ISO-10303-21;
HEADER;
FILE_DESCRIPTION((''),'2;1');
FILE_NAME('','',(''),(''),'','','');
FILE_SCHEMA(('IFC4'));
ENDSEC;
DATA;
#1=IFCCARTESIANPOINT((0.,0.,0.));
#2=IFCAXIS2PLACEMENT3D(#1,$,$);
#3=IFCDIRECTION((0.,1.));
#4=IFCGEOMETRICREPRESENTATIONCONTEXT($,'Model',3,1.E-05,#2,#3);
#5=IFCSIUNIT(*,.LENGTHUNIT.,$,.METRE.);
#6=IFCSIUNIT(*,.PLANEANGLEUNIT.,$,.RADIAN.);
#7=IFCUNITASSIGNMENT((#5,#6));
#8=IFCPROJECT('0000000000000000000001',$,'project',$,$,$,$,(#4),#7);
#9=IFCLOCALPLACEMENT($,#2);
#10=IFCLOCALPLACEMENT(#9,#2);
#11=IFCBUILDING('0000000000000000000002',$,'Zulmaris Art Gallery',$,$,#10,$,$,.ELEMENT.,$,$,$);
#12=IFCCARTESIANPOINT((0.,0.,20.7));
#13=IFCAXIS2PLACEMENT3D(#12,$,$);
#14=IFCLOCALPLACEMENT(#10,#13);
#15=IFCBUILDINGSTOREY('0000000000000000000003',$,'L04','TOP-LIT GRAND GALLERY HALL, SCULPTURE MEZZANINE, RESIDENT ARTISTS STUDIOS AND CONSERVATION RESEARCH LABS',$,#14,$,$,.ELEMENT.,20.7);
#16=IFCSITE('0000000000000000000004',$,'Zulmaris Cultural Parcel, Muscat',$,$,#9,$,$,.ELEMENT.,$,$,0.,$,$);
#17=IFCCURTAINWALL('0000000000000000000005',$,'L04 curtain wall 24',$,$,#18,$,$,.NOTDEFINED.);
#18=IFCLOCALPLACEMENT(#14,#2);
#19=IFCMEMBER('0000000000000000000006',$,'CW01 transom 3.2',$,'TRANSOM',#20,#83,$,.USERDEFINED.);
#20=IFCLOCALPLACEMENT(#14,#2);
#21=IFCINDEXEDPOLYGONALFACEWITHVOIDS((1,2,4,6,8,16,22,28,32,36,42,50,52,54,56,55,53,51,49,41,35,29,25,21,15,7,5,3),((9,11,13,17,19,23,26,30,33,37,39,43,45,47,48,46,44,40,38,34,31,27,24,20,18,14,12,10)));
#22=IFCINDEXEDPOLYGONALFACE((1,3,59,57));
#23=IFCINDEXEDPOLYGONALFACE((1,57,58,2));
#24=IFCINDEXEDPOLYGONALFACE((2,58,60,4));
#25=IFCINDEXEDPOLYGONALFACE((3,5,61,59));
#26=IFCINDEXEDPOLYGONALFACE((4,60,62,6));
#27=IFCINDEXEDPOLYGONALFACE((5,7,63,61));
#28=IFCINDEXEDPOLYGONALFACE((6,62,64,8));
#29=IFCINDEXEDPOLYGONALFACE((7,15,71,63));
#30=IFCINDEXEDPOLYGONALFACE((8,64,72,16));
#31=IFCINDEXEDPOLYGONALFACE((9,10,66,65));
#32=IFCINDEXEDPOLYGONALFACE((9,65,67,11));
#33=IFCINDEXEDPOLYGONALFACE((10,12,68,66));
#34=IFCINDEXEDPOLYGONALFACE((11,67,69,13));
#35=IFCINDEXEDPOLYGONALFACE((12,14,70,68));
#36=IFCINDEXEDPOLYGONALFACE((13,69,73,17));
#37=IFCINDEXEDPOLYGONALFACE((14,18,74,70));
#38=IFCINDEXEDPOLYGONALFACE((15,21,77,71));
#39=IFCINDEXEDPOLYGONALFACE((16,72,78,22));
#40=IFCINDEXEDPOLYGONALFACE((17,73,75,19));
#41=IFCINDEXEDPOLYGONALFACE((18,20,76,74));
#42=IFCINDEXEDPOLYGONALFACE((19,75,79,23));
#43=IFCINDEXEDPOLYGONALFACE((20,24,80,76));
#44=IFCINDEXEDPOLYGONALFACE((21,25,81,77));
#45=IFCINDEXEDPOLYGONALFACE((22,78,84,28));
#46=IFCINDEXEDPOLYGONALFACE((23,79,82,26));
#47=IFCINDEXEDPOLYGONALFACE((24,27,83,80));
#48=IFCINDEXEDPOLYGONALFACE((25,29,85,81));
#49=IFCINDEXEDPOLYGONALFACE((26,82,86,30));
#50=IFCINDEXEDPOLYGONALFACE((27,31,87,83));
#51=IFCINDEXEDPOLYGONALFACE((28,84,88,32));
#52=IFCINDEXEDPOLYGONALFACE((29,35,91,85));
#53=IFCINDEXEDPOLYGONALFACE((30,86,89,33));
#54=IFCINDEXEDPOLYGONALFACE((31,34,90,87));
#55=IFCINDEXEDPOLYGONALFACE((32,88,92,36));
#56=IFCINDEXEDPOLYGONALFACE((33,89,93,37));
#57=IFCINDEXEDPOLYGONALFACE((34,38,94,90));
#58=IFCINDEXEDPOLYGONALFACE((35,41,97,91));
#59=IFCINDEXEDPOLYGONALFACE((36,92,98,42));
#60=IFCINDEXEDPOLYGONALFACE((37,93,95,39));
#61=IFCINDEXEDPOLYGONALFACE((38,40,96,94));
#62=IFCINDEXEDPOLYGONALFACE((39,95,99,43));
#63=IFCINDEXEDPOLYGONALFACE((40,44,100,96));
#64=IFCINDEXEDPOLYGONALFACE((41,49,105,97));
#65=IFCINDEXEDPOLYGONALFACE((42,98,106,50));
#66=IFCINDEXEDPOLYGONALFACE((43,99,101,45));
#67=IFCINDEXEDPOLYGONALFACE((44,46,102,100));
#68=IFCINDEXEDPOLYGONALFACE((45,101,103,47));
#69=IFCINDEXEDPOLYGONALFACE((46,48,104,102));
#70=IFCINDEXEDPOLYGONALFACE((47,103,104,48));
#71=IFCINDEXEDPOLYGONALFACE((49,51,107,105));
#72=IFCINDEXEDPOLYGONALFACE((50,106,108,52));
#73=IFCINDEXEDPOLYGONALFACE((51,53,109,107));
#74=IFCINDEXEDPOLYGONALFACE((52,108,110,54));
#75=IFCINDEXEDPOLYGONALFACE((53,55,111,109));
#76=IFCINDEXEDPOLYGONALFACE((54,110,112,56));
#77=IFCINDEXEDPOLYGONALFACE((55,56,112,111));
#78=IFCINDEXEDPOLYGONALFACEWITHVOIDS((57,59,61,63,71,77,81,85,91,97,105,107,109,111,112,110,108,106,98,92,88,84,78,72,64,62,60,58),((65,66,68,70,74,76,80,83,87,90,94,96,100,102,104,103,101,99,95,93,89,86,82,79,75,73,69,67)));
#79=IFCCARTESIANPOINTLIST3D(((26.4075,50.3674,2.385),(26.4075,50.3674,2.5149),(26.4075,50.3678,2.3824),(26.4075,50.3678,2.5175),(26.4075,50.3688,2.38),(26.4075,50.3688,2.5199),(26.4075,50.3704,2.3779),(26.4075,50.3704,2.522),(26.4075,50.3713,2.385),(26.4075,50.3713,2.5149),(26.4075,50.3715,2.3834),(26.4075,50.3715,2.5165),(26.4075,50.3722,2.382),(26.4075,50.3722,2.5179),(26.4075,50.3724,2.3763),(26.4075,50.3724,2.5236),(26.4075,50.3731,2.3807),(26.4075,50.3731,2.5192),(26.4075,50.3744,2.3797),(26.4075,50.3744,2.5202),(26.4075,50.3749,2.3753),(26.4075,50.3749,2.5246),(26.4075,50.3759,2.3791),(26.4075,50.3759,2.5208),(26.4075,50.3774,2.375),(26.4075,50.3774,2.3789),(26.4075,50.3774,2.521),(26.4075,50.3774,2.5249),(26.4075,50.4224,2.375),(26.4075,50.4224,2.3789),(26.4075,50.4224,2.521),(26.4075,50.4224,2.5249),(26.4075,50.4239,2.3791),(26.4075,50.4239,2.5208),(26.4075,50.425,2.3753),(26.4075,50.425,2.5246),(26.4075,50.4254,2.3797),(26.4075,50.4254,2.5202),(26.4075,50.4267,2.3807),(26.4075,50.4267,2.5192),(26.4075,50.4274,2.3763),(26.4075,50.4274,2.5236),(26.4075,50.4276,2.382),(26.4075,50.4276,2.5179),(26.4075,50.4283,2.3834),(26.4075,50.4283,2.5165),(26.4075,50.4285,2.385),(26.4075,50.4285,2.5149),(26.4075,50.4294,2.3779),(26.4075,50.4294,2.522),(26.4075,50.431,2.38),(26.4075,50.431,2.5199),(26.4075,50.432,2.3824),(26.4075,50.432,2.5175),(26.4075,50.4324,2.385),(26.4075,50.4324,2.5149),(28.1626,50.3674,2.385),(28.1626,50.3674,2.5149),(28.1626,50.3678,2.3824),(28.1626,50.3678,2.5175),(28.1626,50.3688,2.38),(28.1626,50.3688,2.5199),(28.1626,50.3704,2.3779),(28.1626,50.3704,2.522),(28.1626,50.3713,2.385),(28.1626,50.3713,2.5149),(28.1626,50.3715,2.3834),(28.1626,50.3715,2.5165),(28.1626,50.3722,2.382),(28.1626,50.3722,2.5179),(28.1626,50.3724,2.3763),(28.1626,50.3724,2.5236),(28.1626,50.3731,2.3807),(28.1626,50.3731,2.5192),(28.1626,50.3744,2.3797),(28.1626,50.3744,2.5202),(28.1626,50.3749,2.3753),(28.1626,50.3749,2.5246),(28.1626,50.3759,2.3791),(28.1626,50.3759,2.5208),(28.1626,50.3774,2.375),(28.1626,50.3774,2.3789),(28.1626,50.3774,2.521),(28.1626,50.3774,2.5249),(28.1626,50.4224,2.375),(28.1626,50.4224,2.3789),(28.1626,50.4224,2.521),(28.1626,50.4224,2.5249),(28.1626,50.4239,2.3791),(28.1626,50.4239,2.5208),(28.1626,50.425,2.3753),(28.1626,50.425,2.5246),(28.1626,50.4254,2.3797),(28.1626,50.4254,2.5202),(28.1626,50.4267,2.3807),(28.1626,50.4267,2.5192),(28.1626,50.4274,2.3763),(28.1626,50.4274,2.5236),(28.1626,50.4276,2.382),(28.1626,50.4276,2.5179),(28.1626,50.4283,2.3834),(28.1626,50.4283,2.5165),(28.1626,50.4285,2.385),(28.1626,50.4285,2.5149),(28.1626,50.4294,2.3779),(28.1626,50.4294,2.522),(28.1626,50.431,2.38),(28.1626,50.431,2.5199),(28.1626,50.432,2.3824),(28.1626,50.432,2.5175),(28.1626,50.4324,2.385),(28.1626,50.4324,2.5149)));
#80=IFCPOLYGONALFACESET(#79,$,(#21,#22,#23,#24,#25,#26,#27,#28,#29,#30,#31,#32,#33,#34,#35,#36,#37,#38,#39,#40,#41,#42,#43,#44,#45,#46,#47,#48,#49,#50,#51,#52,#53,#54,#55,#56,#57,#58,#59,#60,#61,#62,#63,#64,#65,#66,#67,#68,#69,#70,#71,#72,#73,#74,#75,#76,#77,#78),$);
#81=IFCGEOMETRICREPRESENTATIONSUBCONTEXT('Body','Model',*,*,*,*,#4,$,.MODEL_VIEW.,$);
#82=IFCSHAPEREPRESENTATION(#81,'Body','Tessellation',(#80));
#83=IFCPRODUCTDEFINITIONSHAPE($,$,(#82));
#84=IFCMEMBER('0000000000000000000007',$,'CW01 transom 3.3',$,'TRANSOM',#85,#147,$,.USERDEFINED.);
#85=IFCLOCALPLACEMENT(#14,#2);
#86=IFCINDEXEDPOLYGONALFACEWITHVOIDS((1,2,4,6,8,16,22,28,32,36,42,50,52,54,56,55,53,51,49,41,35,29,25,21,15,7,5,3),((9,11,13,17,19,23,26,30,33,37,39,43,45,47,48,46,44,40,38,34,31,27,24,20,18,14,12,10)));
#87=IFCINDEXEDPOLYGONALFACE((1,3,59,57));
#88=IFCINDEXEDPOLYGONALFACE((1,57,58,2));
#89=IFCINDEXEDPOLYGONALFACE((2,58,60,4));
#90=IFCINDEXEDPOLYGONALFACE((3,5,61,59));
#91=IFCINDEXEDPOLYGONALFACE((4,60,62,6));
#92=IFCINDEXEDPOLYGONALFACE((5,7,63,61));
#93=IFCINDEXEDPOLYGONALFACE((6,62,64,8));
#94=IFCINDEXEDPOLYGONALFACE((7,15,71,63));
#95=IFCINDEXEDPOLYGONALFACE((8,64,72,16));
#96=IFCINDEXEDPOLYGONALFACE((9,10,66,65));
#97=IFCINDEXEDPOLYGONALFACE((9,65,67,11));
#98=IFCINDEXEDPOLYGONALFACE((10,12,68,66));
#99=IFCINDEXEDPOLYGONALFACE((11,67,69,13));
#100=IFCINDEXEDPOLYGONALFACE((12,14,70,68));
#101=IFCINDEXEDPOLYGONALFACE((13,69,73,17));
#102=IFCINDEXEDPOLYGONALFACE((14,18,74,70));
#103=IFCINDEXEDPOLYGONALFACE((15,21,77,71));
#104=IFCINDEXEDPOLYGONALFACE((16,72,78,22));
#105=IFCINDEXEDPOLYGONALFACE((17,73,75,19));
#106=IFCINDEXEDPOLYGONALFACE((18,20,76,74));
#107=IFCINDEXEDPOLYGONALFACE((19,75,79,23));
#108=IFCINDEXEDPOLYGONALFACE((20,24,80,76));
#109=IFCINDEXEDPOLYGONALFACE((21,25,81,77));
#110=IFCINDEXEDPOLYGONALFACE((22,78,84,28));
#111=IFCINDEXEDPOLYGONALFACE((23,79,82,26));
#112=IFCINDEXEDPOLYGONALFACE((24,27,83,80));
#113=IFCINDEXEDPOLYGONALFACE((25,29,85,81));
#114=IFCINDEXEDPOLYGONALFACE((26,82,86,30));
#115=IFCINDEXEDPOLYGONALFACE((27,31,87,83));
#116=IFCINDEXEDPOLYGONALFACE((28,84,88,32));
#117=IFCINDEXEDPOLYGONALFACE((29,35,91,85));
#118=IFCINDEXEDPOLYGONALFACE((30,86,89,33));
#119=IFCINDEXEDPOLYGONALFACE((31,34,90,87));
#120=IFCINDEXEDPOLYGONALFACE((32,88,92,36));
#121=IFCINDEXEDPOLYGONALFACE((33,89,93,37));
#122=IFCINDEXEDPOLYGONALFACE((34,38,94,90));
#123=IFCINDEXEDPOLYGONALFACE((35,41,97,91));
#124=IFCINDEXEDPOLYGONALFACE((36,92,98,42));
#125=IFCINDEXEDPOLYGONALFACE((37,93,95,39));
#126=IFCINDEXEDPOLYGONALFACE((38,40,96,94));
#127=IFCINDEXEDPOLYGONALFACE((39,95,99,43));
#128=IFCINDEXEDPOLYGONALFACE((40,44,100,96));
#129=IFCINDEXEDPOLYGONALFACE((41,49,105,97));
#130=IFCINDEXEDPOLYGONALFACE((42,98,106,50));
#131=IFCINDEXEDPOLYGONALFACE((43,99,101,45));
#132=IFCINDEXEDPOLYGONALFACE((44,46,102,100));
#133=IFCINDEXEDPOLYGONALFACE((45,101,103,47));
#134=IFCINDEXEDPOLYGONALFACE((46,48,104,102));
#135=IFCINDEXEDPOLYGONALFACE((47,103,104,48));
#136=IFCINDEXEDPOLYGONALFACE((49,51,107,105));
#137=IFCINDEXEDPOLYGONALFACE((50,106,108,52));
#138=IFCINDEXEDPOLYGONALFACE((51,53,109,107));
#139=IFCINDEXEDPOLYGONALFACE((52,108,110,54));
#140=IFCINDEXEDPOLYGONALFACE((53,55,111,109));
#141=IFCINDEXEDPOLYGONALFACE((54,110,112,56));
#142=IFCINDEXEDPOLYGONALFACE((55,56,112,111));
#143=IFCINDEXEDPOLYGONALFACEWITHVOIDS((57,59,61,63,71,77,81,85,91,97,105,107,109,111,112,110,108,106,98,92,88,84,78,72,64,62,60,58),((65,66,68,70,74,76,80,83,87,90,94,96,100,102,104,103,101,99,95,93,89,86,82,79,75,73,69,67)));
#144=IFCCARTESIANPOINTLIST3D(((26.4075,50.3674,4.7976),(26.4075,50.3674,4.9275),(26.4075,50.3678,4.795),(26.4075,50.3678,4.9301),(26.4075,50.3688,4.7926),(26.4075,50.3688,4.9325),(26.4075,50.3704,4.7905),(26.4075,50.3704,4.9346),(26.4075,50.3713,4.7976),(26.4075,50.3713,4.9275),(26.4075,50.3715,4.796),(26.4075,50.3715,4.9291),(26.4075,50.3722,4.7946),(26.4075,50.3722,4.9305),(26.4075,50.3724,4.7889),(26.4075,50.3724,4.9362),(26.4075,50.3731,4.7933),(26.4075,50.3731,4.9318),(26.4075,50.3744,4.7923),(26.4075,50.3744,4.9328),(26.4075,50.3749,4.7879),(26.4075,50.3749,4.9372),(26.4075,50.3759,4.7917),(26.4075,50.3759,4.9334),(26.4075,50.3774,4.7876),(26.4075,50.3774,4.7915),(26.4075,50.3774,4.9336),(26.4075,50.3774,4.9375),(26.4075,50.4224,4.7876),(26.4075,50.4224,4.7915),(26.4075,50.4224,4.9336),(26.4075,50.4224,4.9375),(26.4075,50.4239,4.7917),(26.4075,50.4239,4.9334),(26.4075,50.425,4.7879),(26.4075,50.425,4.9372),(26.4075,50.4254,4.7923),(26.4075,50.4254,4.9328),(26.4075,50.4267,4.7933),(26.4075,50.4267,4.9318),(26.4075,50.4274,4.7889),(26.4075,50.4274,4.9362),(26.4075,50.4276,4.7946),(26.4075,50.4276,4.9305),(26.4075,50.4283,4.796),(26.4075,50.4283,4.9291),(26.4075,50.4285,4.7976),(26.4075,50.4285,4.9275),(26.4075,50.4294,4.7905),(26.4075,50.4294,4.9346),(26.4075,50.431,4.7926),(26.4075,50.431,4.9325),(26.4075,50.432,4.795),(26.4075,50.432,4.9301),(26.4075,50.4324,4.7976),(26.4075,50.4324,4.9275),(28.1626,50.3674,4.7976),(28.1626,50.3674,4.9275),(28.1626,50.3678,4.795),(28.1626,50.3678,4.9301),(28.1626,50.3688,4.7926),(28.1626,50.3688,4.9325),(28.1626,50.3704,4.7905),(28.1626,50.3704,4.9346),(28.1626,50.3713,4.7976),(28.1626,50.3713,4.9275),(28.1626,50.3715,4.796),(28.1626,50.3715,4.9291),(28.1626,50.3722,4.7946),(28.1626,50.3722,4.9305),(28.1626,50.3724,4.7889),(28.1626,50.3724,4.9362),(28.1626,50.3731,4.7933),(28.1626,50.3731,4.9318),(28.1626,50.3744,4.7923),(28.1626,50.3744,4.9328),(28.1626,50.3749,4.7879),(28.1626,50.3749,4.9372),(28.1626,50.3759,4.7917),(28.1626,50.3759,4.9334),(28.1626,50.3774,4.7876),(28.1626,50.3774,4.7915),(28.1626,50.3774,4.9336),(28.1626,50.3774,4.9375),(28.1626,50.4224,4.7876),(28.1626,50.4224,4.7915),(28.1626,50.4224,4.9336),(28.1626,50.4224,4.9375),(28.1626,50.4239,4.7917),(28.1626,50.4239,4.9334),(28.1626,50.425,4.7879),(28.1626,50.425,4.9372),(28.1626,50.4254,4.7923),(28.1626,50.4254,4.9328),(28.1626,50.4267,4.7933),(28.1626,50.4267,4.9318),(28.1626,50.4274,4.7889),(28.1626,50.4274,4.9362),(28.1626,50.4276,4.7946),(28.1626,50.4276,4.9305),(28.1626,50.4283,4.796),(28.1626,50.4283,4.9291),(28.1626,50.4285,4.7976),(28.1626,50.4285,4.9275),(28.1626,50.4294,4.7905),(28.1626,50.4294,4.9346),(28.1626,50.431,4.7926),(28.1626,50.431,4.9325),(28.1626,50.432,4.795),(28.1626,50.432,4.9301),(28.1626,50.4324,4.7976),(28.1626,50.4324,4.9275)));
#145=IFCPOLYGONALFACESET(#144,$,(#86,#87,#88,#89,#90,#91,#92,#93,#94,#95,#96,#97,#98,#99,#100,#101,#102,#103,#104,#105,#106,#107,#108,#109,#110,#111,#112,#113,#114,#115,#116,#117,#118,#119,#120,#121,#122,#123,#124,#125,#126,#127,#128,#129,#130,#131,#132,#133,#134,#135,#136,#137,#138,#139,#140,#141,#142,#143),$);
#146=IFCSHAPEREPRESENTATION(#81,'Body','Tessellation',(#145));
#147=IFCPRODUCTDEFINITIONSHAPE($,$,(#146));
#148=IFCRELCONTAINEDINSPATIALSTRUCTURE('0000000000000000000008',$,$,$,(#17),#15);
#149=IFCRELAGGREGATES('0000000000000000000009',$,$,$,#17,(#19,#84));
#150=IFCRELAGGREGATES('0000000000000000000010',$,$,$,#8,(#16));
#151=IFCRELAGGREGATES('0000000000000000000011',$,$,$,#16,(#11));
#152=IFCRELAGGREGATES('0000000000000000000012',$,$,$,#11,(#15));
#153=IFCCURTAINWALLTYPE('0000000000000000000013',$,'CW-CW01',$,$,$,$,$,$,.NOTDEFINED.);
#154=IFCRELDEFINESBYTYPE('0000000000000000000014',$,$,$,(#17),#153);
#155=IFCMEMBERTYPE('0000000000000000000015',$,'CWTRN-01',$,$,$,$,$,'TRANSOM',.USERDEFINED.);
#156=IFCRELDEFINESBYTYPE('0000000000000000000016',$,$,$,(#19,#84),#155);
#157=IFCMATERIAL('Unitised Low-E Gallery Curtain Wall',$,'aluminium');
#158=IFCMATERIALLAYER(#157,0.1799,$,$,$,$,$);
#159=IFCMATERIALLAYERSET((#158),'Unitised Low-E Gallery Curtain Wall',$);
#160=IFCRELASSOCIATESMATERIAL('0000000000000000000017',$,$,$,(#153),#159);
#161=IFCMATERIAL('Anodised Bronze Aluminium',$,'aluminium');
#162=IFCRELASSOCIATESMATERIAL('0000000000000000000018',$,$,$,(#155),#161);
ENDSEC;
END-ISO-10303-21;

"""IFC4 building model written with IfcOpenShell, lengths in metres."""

from ifc_helpers import new_model, si_unit, direction, frame, origin, origin_2d, place, context, subcontext, project, spatial, hollow_rectangle, extrude, material, layer, layer_set, material_profile, profile_set, type_object, element, aggregate, save


model = new_model("IFC4")

# Units and contexts
model_context = context("Model", 3, precision=1e-05, world=origin(), true_north=direction((0.0, 1.0)))
body_context = subcontext(model_context, "Body", "Model", "MODEL_VIEW")
ifc_project = project(units=[si_unit("LENGTHUNIT", "METRE"), si_unit("PLANEANGLEUNIT", "RADIAN")], contexts=[model_context])

# Site, building, storey
site_placement = place(None, origin())
site = spatial("IfcSite", under=ifc_project, at=site_placement, Name="Zulmaris Cultural Parcel, Muscat", CompositionType="ELEMENT", RefElevation=0.0)
building_placement = place(site_placement, origin())
building = spatial("IfcBuilding", under=site, at=building_placement, Name="Zulmaris Art Gallery", CompositionType="ELEMENT")
storey_placement = place(building_placement, frame((0.0, 0.0, 20.7)))
storey = spatial("IfcBuildingStorey", under=building, at=storey_placement, Name="L04", Description="TOP-LIT GRAND GALLERY HALL, SCULPTURE MEZZANINE, RESIDENT ARTISTS STUDIOS AND CONSERVATION RESEARCH LABS", CompositionType="ELEMENT", Elevation=20.7)

# Curtain wall, members
ifc_material_1 = material(Name="Unitised Low-E Gallery Curtain Wall", Category="aluminium")
ifc_layer_1 = layer(ifc_material_1, 0.1799)
ifc_layer_set_1 = layer_set([ifc_layer_1], Name="Unitised Low-E Gallery Curtain Wall")
curtain_wall_type = type_object("IfcCurtainWallType", Name="CW-CW01", PredefinedType="NOTDEFINED", material=ifc_layer_set_1)
curtain_wall_placement = place(storey_placement, origin())
curtain_wall = element("IfcCurtainWall", 1, at=curtain_wall_placement, inside=storey, type_object=curtain_wall_type, Name="L04 curtain wall 24", PredefinedType="NOTDEFINED")
ifc_material_2 = material(Name="Anodised Bronze Aluminium", Category="aluminium")
ifc_material_profile_1 = material_profile(ifc_material_2, hollow_rectangle(XDim=0.0649, YDim=0.1499, WallThickness=0.0039, InnerFilletRadius=0.0061, OuterFilletRadius=0.01, at=origin_2d()), Name="ALU 65x150x4")
ifc_profile_set_1 = profile_set([ifc_material_profile_1], Name="Anodised Bronze Aluminium")
member_type_1 = type_object("IfcMemberType", Name="CWTRN-01", ElementType="TRANSOM", PredefinedType="USERDEFINED", material=ifc_profile_set_1)
member_1_placement = place(storey_placement, frame((28.1626, 50.3999, 2.45), z_axis=(-1.0, 0.0, 0.0), x_axis=(0.0, -1.0, 0.0)))
member_1 = element("IfcMember", 2, at=member_1_placement, type_object=member_type_1, Name="CW01 transom 3.2", ObjectType="TRANSOM", PredefinedType="USERDEFINED", context=body_context, shape_type="SweptSolid", body=[
    extrude(hollow_rectangle(XDim=0.0649, YDim=0.1499, WallThickness=0.0039, InnerFilletRadius=0.0061, OuterFilletRadius=0.01, at=origin_2d()), origin(), (0.0, 0.0, 1.0), 1.7551),
])
member_2_placement = place(storey_placement, frame((28.1626, 50.3999, 4.8625), z_axis=(-1.0, 0.0, 0.0), x_axis=(0.0, -1.0, 0.0)))
member_2 = element("IfcMember", 3, at=member_2_placement, type_object=member_type_1, Name="CW01 transom 3.3", ObjectType="TRANSOM", PredefinedType="USERDEFINED", context=body_context, shape_type="SweptSolid", body=[
    extrude(hollow_rectangle(XDim=0.0649, YDim=0.1499, WallThickness=0.0039, InnerFilletRadius=0.0061, OuterFilletRadius=0.01, at=origin_2d()), origin(), (0.0, 0.0, 1.0), 1.7551),
])

aggregate(curtain_wall, [member_1, member_2])

save(model, "model.ifc")
